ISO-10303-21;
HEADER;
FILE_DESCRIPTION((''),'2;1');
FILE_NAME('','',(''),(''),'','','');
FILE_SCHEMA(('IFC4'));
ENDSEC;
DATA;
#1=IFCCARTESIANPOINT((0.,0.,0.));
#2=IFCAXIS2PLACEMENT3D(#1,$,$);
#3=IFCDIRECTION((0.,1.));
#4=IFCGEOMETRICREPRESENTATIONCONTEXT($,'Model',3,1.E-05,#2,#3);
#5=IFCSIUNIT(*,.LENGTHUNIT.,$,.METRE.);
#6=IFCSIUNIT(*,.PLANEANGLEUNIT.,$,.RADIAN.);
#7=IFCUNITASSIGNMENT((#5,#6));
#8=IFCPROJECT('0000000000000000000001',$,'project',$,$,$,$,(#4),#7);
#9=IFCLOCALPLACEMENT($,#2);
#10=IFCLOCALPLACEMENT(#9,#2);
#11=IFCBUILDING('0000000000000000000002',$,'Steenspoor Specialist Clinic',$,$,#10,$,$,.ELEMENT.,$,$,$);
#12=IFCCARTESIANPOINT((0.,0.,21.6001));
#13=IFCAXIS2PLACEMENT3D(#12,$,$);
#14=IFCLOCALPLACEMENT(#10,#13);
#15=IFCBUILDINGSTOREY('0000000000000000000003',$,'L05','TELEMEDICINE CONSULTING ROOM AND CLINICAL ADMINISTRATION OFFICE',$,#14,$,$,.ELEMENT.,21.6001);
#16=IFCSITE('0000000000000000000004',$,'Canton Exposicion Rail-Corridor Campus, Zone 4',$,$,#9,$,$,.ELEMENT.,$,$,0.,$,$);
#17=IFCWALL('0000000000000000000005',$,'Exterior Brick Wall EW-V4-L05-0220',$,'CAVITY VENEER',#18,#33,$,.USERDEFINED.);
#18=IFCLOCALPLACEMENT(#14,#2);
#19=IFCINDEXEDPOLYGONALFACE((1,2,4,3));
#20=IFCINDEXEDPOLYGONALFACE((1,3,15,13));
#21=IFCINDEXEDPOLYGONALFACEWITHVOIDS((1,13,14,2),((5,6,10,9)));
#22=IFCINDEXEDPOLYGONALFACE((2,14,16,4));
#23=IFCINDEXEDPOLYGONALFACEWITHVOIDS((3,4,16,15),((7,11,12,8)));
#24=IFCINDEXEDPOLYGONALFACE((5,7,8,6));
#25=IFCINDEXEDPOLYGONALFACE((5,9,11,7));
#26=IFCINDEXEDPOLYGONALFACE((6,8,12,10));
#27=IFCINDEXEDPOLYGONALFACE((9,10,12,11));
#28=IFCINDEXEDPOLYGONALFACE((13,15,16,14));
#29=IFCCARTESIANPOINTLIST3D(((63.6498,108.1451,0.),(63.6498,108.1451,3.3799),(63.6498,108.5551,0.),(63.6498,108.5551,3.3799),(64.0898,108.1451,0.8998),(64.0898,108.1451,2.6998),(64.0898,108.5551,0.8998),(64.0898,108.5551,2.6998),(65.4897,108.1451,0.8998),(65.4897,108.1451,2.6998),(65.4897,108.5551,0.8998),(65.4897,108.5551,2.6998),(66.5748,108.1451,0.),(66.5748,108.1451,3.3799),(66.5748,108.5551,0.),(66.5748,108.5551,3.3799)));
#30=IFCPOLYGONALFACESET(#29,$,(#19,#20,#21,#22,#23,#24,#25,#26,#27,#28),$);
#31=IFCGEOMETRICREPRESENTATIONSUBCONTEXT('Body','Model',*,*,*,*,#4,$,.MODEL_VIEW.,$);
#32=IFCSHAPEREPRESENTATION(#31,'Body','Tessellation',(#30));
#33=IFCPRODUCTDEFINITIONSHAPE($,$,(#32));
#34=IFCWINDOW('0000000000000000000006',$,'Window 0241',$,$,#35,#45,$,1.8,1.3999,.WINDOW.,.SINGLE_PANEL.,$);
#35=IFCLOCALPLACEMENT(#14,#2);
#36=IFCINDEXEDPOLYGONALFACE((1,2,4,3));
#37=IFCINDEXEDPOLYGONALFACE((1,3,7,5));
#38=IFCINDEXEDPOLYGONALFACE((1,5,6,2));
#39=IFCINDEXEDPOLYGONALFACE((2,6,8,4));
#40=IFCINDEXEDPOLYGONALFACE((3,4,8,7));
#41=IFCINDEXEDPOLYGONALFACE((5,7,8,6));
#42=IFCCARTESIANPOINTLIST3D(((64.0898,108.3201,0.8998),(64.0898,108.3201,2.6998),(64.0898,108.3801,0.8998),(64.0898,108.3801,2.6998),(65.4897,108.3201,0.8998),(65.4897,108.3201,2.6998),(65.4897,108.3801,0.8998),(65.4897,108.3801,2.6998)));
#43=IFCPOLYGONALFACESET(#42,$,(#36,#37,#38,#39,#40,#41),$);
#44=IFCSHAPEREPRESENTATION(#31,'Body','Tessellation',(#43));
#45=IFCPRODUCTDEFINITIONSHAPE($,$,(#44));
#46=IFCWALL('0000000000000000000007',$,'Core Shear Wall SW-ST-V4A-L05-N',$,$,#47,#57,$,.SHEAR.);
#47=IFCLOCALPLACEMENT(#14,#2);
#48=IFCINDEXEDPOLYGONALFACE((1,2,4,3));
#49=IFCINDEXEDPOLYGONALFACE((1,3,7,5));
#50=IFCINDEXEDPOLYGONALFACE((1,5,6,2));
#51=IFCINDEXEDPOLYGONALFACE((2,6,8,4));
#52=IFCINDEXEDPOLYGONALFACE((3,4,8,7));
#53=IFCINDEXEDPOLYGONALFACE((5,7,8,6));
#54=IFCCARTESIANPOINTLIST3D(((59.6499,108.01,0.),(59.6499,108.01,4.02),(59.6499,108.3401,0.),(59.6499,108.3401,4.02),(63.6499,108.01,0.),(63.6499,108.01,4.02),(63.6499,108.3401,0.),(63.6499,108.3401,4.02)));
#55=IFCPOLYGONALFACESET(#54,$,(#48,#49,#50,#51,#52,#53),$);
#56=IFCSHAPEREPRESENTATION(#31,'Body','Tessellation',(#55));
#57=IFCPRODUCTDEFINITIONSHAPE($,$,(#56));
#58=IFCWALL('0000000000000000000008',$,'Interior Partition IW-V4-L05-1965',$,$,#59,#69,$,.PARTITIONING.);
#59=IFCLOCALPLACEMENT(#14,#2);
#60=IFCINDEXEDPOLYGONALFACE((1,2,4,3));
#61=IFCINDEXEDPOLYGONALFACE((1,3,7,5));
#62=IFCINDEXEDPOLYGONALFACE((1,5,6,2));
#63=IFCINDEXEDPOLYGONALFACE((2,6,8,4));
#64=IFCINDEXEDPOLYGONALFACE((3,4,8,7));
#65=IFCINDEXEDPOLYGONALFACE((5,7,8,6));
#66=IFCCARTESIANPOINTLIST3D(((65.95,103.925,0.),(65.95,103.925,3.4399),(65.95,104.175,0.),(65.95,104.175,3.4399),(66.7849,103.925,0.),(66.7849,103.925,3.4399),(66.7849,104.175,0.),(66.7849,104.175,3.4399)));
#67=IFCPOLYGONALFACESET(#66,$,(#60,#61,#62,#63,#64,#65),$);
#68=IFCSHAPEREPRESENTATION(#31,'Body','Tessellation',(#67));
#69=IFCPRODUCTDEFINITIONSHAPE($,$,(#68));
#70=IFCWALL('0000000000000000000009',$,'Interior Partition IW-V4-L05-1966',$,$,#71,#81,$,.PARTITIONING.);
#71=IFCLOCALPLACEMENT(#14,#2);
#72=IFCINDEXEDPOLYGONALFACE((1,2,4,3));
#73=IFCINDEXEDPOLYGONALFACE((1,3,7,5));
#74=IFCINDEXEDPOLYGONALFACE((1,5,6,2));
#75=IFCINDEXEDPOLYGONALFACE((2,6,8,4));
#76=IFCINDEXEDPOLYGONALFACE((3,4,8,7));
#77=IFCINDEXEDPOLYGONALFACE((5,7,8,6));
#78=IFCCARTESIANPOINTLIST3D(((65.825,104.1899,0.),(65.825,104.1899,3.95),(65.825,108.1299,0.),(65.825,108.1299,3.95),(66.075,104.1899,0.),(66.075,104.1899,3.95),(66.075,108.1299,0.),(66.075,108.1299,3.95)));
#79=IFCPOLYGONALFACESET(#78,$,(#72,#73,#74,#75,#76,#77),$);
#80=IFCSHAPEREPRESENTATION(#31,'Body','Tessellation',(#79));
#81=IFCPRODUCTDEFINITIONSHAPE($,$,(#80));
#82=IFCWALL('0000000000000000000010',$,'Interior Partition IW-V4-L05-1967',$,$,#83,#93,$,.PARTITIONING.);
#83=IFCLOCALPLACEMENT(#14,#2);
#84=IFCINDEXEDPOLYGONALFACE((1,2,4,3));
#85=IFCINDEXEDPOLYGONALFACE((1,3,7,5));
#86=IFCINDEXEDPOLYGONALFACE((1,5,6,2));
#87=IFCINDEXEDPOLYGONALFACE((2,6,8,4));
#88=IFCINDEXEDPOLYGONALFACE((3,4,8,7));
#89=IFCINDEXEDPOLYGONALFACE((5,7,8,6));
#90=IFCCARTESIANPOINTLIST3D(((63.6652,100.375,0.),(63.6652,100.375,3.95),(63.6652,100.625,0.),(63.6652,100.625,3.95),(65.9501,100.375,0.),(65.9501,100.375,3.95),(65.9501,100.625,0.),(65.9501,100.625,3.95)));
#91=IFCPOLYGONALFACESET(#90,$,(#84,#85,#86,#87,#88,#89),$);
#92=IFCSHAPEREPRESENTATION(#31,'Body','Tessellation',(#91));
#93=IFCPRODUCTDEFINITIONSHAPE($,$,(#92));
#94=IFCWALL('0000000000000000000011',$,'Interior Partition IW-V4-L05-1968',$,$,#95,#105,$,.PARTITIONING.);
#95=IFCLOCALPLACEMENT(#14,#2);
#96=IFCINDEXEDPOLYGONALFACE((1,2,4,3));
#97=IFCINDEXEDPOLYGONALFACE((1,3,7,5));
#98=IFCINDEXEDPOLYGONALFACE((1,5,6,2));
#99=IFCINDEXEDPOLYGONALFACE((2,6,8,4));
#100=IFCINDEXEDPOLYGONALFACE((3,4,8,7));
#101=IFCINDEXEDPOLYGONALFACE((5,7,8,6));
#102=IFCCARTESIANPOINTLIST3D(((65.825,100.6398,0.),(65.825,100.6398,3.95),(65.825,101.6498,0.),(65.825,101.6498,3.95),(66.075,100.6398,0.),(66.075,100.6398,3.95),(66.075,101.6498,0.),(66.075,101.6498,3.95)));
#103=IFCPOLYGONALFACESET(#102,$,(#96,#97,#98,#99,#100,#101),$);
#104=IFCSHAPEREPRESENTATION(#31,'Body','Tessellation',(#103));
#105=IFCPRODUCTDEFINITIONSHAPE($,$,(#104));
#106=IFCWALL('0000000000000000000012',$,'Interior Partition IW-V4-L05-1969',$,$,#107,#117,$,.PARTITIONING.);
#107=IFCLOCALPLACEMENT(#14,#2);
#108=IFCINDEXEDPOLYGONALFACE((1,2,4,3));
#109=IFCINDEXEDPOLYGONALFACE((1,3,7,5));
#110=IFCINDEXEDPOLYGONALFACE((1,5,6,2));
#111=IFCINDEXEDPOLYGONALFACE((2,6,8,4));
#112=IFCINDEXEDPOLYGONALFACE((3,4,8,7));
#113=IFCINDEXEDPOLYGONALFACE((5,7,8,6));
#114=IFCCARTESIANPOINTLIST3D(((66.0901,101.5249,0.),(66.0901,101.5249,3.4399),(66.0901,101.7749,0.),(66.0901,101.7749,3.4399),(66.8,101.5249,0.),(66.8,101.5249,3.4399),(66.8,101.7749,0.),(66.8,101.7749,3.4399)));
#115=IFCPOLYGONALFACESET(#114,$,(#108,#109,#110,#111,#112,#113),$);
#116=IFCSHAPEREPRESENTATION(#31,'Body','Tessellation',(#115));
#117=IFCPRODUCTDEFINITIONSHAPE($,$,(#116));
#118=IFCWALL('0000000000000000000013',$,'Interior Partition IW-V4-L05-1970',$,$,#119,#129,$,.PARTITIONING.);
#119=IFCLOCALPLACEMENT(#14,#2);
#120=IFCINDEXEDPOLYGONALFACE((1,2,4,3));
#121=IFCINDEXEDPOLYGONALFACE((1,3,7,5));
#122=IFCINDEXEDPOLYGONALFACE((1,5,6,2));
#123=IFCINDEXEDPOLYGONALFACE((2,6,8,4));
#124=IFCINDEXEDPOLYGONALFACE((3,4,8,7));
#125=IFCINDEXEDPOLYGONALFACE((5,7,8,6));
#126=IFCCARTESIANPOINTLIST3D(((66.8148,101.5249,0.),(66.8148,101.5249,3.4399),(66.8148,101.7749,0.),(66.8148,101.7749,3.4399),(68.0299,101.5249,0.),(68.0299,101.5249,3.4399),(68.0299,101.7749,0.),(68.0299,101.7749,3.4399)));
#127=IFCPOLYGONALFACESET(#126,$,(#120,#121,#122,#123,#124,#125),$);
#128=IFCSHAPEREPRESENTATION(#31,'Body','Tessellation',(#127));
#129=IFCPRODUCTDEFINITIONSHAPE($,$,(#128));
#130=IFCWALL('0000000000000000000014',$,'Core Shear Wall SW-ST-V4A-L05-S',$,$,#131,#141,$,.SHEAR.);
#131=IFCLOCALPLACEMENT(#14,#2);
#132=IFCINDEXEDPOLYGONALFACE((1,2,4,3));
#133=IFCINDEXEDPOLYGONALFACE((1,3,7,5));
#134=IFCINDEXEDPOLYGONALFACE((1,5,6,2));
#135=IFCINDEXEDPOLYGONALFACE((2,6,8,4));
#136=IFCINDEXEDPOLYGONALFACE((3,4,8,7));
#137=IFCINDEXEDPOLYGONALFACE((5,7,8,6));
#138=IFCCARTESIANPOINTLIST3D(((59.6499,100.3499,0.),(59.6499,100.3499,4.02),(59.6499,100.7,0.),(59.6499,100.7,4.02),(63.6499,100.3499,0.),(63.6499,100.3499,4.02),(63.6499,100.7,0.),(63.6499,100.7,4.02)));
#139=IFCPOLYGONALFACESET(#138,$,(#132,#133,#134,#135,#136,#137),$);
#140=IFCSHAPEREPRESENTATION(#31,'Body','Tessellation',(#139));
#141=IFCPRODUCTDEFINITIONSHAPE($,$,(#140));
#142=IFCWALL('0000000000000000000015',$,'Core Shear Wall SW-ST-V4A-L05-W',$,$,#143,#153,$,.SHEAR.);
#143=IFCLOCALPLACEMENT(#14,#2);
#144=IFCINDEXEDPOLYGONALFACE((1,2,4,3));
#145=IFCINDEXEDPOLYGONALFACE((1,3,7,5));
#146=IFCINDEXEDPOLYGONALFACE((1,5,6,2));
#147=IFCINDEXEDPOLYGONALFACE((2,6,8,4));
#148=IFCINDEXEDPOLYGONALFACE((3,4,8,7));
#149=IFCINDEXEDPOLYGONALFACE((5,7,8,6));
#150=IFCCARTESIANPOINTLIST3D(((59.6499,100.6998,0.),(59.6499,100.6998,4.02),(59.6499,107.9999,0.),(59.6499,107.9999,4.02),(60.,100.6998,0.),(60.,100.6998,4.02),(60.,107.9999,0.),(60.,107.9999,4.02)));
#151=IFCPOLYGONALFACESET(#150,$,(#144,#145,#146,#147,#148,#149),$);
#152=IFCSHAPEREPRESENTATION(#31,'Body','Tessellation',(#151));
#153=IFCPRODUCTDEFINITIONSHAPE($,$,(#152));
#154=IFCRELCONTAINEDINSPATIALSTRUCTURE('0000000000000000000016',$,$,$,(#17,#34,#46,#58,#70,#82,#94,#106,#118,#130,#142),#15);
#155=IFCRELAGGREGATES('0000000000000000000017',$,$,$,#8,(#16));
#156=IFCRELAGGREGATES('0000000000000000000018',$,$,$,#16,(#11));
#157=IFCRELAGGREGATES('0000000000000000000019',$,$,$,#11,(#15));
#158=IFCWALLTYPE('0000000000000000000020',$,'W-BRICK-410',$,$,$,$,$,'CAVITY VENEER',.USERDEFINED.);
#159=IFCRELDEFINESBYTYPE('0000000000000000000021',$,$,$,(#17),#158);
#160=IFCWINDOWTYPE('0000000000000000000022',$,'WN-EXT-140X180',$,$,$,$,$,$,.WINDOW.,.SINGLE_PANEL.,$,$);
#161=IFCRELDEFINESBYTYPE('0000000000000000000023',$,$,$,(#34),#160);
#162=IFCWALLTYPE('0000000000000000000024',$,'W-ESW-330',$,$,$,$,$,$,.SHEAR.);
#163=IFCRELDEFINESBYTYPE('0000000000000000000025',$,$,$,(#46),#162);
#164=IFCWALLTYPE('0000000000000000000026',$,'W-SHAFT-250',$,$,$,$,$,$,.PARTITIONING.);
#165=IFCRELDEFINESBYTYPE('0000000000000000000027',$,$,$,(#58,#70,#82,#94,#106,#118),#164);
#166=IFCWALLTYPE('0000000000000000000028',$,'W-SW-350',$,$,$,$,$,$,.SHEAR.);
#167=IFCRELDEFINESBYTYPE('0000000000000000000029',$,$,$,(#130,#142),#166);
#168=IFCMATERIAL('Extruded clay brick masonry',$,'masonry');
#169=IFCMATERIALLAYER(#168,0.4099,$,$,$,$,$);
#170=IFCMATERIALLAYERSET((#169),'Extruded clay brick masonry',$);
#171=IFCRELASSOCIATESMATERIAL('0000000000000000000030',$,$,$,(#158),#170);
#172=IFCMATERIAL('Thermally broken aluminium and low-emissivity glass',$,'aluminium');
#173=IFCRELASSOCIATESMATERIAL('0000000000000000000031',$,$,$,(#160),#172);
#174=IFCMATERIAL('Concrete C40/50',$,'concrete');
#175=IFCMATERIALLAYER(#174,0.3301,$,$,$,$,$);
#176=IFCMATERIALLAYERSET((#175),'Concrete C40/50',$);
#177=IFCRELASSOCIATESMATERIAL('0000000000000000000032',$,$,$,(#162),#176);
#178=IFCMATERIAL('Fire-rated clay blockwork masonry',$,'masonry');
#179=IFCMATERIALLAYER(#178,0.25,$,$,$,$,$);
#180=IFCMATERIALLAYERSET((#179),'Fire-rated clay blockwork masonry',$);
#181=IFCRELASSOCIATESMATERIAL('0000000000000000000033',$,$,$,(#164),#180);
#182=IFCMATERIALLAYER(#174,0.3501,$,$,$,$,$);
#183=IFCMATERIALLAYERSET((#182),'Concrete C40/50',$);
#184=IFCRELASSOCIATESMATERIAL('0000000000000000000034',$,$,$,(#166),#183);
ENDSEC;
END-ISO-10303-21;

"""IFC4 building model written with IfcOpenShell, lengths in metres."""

from ifc_helpers import new_model, si_unit, direction, frame, frame_2d, origin, place, context, subcontext, project, spatial, rectangle, extrude, material, layer, layer_set, type_object, element, fill, save


model = new_model("IFC4")

# Units and contexts
model_context = context("Model", 3, precision=1e-05, world=origin(), true_north=direction((0.0, 1.0)))
body_context = subcontext(model_context, "Body", "Model", "MODEL_VIEW")
ifc_project = project(units=[si_unit("LENGTHUNIT", "METRE"), si_unit("PLANEANGLEUNIT", "RADIAN")], contexts=[model_context])

# Site, building, storey
site_placement = place(None, origin())
site = spatial("IfcSite", under=ifc_project, at=site_placement, Name="Canton Exposicion Rail-Corridor Campus, Zone 4", CompositionType="ELEMENT", RefElevation=0.0)
building_placement = place(site_placement, origin())
building = spatial("IfcBuilding", under=site, at=building_placement, Name="Steenspoor Specialist Clinic", CompositionType="ELEMENT")
storey_placement = place(building_placement, frame((0.0, 0.0, 21.6001)))
storey = spatial("IfcBuildingStorey", under=building, at=storey_placement, Name="L05", Description="TELEMEDICINE CONSULTING ROOM AND CLINICAL ADMINISTRATION OFFICE", CompositionType="ELEMENT", Elevation=21.6001)

# Shared definitions
ifc_material_1 = material(Name="Concrete C40/50", Category="concrete")

# Shared definitions
ifc_material_2 = material(Name="Thermally broken aluminium and low-emissivity glass", Category="aluminium")

# Wall, opening, window
ifc_material_3 = material(Name="Extruded clay brick masonry", Category="masonry")
ifc_layer_1 = layer(ifc_material_3, 0.4099)
ifc_layer_set_1 = layer_set([ifc_layer_1], Name="Extruded clay brick masonry")
wall_type_1 = type_object("IfcWallType", Name="W-BRICK-410", ElementType="CAVITY VENEER", PredefinedType="USERDEFINED", material=ifc_layer_set_1)
wall_1_placement = place(storey_placement, frame((63.6499, 108.3501, 0.0), z_axis=(0.0, 0.0, 1.0), x_axis=(1.0, 0.0, 0.0)))
wall_1 = element("IfcWall", 1, at=wall_1_placement, inside=storey, type_object=wall_type_1, Name="Exterior Brick Wall EW-V4-L05-0220", ObjectType="CAVITY VENEER", PredefinedType="USERDEFINED", context=body_context, shape_type="SweptSolid", body=[
    extrude(rectangle(XDim=2.925, YDim=0.4099, at=frame_2d((1.4624, 0.0))), origin(), (0.0, 0.0, 1.0), 3.3799),
])
opening_1_placement = place(wall_1_placement, frame((0.4399, 0.0, 0.8999)))
opening_1 = element("IfcOpeningElement", 2, at=opening_1_placement, cuts=wall_1, PredefinedType="OPENING", context=body_context, shape_type="SweptSolid", body=[
    extrude(rectangle(XDim=1.3999, YDim=1.8, at=frame_2d((0.7, 0.8999))), frame((0.0, 0.2148, 0.0), z_axis=(0.0, -1.0, 0.0), x_axis=(1.0, 0.0, 0.0)), (0.0, 0.0, 1.0), 0.4299),
])
window_type = type_object("IfcWindowType", Name="WN-EXT-140X180", PartitioningType="SINGLE_PANEL", PredefinedType="WINDOW", material=ifc_material_2)
window_placement = place(opening_1_placement, origin())
window = element("IfcWindow", 3, at=window_placement, inside=storey, type_object=window_type, Name="Window 0241", OverallHeight=1.8, OverallWidth=1.3999, PartitioningType="SINGLE_PANEL", PredefinedType="WINDOW", context=body_context, shape_type="SweptSolid", body=[
    extrude(rectangle(XDim=1.3999, YDim=1.8, at=frame_2d((0.7, 0.8999))), frame((0.0, 0.03, 0.0), z_axis=(0.0, -1.0, 0.0), x_axis=(1.0, 0.0, 0.0)), (0.0, 0.0, 1.0), 0.0601),
])
fill(opening_1, window)

# Wall
ifc_layer_2 = layer(ifc_material_1, 0.3301)
ifc_layer_set_2 = layer_set([ifc_layer_2], Name="Concrete C40/50")
wall_type_2 = type_object("IfcWallType", Name="W-ESW-330", PredefinedType="SHEAR", material=ifc_layer_set_2)
wall_2_placement = place(storey_placement, frame((59.6499, 108.175, 0.0), z_axis=(0.0, 0.0, 1.0), x_axis=(1.0, 0.0, 0.0)))
element("IfcWall", 4, at=wall_2_placement, inside=storey, type_object=wall_type_2, Name="Core Shear Wall SW-ST-V4A-L05-N", PredefinedType="SHEAR", context=body_context, shape_type="SweptSolid", body=[
    extrude(rectangle(XDim=4.0, YDim=0.3301, at=frame_2d((2.0, 0.0))), origin(), (0.0, 0.0, 1.0), 4.02),
])

# Shared definitions
ifc_material_4 = material(Name="Fire-rated clay blockwork masonry", Category="masonry")
ifc_layer_3 = layer(ifc_material_4, 0.25)
ifc_layer_set_3 = layer_set([ifc_layer_3], Name="Fire-rated clay blockwork masonry")
wall_type_3 = type_object("IfcWallType", Name="W-SHAFT-250", PredefinedType="PARTITIONING", material=ifc_layer_set_3)

# Walls
wall_3_placement = place(storey_placement, frame((65.95, 104.05, 0.0), z_axis=(0.0, 0.0, 1.0), x_axis=(1.0, 0.0, 0.0)))
element("IfcWall", 5, at=wall_3_placement, inside=storey, type_object=wall_type_3, Name="Interior Partition IW-V4-L05-1965", PredefinedType="PARTITIONING", context=body_context, shape_type="SweptSolid", body=[
    extrude(rectangle(XDim=0.835, YDim=0.25, at=frame_2d((0.4175, 0.0))), origin(), (0.0, 0.0, 1.0), 3.4399),
])
wall_4_placement = place(storey_placement, frame((65.95, 104.1899, 0.0), z_axis=(0.0, 0.0, 1.0), x_axis=(0.0, 1.0, 0.0)))
element("IfcWall", 6, at=wall_4_placement, inside=storey, type_object=wall_type_3, Name="Interior Partition IW-V4-L05-1966", PredefinedType="PARTITIONING", context=body_context, shape_type="SweptSolid", body=[
    extrude(rectangle(XDim=3.9399, YDim=0.25, at=frame_2d((1.97, 0.0))), origin(), (0.0, 0.0, 1.0), 3.95),
])
wall_5_placement = place(storey_placement, frame((63.665, 100.5, 0.0), z_axis=(0.0, 0.0, 1.0), x_axis=(1.0, 0.0, 0.0)))
element("IfcWall", 7, at=wall_5_placement, inside=storey, type_object=wall_type_3, Name="Interior Partition IW-V4-L05-1967", PredefinedType="PARTITIONING", context=body_context, shape_type="SweptSolid", body=[
    extrude(rectangle(XDim=2.2849, YDim=0.25, at=frame_2d((1.1426, 0.0))), origin(), (0.0, 0.0, 1.0), 3.95),
])
wall_6_placement = place(storey_placement, frame((65.95, 100.6399, 0.0), z_axis=(0.0, 0.0, 1.0), x_axis=(0.0, 1.0, 0.0)))
element("IfcWall", 8, at=wall_6_placement, inside=storey, type_object=wall_type_3, Name="Interior Partition IW-V4-L05-1968", PredefinedType="PARTITIONING", context=body_context, shape_type="SweptSolid", body=[
    extrude(rectangle(XDim=1.01, YDim=0.25, at=frame_2d((0.5049, 0.0))), origin(), (0.0, 0.0, 1.0), 3.95),
])
wall_7_placement = place(storey_placement, frame((66.0901, 101.6499, 0.0), z_axis=(0.0, 0.0, 1.0), x_axis=(1.0, 0.0, 0.0)))
element("IfcWall", 9, at=wall_7_placement, inside=storey, type_object=wall_type_3, Name="Interior Partition IW-V4-L05-1969", PredefinedType="PARTITIONING", context=body_context, shape_type="SweptSolid", body=[
    extrude(rectangle(XDim=0.71, YDim=0.25, at=frame_2d((0.355, 0.0))), origin(), (0.0, 0.0, 1.0), 3.4399),
])
wall_8_placement = place(storey_placement, frame((66.8149, 101.6499, 0.0), z_axis=(0.0, 0.0, 1.0), x_axis=(1.0, 0.0, 0.0)))
element("IfcWall", 10, at=wall_8_placement, inside=storey, type_object=wall_type_3, Name="Interior Partition IW-V4-L05-1970", PredefinedType="PARTITIONING", context=body_context, shape_type="SweptSolid", body=[
    extrude(rectangle(XDim=1.2151, YDim=0.25, at=frame_2d((0.6074, 0.0))), origin(), (0.0, 0.0, 1.0), 3.4399),
])
ifc_layer_4 = layer(ifc_material_1, 0.3501)
ifc_layer_set_4 = layer_set([ifc_layer_4], Name="Concrete C40/50")
wall_type_4 = type_object("IfcWallType", Name="W-SW-350", PredefinedType="SHEAR", material=ifc_layer_set_4)
wall_9_placement = place(storey_placement, frame((59.6499, 100.5249, 0.0), z_axis=(0.0, 0.0, 1.0), x_axis=(1.0, 0.0, 0.0)))
element("IfcWall", 11, at=wall_9_placement, inside=storey, type_object=wall_type_4, Name="Core Shear Wall SW-ST-V4A-L05-S", PredefinedType="SHEAR", context=body_context, shape_type="SweptSolid", body=[
    extrude(rectangle(XDim=4.0, YDim=0.3501, at=frame_2d((2.0, 0.0))), origin(), (0.0, 0.0, 1.0), 4.02),
])
wall_10_placement = place(storey_placement, frame((59.825, 100.7, 0.0), z_axis=(0.0, 0.0, 1.0), x_axis=(0.0, 1.0, 0.0)))
element("IfcWall", 12, at=wall_10_placement, inside=storey, type_object=wall_type_4, Name="Core Shear Wall SW-ST-V4A-L05-W", PredefinedType="SHEAR", context=body_context, shape_type="SweptSolid", body=[
    extrude(rectangle(XDim=7.3, YDim=0.3501, at=frame_2d((3.6499, 0.0))), origin(), (0.0, 0.0, 1.0), 4.02),
])

save(model, "model.ifc")
